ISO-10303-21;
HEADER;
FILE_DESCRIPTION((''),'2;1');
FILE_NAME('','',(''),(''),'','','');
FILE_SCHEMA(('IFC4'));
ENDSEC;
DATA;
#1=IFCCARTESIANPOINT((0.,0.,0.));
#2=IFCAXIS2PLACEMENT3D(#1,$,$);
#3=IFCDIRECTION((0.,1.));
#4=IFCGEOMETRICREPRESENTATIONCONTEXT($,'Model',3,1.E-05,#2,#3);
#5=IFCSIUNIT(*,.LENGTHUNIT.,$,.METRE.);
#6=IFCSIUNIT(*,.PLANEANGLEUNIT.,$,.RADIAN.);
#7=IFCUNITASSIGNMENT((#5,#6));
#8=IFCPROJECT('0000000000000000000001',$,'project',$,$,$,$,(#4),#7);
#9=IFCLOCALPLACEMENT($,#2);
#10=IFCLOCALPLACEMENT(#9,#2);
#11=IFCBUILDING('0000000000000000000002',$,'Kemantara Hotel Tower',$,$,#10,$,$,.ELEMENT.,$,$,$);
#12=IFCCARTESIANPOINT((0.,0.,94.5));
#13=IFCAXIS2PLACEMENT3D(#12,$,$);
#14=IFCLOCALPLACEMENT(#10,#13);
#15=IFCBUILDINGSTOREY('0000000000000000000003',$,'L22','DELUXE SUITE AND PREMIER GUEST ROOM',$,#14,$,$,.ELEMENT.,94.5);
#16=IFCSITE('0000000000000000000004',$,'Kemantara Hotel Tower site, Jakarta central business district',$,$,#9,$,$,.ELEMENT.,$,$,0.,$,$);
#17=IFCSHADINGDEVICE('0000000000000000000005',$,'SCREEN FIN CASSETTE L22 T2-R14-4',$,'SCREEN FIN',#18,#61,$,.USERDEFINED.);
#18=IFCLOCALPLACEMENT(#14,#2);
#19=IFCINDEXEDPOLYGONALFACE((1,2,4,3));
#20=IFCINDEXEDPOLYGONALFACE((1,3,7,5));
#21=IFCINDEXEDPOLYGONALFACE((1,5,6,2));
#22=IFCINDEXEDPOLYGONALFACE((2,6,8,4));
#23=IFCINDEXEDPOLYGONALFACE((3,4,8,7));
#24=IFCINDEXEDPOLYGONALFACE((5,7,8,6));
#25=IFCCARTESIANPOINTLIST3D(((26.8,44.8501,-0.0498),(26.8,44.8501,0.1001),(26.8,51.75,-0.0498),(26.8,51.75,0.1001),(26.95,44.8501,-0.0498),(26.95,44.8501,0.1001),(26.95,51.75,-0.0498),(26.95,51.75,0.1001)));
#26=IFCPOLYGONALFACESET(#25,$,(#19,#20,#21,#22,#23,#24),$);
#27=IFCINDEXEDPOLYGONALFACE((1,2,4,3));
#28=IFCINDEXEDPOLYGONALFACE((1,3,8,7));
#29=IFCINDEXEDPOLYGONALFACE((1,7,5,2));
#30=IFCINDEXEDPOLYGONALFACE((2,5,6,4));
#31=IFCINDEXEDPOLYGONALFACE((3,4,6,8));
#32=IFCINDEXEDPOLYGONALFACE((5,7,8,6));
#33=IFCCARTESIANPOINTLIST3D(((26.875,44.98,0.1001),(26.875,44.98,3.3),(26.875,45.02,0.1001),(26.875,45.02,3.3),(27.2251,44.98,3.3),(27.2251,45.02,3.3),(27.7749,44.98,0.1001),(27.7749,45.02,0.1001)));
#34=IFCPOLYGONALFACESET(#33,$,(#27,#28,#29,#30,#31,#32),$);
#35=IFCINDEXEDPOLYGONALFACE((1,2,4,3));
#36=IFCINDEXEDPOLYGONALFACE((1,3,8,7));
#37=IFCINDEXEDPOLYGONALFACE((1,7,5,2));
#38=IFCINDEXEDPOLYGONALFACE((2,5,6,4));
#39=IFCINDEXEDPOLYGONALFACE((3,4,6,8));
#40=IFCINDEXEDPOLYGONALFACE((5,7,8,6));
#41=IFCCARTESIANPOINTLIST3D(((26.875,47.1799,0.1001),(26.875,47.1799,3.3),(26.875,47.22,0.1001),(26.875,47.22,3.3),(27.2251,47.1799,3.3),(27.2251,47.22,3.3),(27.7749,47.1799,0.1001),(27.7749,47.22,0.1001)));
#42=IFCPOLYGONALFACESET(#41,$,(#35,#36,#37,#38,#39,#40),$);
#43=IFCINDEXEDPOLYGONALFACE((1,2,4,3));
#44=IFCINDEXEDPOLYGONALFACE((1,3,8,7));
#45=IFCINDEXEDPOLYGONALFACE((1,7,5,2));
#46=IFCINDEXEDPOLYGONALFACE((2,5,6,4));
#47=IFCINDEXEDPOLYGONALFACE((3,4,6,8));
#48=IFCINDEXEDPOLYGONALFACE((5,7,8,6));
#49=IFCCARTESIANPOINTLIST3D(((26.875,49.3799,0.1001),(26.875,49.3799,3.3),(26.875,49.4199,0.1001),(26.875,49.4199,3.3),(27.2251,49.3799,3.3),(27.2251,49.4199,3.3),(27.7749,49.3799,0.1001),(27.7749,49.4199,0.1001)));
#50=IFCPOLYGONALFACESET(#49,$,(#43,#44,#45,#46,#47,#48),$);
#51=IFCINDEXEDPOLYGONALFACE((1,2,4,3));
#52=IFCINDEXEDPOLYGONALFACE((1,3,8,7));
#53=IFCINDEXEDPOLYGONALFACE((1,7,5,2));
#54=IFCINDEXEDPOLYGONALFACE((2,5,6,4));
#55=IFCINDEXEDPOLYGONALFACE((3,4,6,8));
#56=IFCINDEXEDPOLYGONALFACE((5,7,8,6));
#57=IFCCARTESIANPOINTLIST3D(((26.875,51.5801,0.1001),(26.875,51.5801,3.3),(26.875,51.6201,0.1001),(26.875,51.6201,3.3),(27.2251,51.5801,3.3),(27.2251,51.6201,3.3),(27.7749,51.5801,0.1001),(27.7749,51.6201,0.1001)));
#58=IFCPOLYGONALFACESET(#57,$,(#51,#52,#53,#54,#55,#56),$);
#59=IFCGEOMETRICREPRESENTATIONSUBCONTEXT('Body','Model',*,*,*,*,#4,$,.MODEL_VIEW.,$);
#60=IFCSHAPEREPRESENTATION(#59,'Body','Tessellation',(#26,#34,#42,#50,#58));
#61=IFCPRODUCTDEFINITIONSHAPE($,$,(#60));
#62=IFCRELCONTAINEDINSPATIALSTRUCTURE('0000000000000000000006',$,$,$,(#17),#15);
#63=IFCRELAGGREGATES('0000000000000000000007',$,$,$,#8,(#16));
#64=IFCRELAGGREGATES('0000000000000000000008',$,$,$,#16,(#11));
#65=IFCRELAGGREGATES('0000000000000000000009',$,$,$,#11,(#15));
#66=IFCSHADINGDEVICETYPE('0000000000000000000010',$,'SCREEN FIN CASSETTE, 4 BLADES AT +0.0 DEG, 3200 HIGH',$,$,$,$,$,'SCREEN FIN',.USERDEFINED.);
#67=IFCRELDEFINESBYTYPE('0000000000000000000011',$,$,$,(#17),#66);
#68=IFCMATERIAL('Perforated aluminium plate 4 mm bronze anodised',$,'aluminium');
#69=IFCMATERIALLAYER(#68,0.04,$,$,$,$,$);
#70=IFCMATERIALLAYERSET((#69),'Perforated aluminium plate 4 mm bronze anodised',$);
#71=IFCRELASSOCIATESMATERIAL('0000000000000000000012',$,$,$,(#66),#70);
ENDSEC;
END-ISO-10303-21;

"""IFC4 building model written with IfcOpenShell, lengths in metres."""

from ifc_helpers import new_model, si_unit, direction, frame, origin, origin_2d, place, context, subcontext, project, spatial, polyline, rectangle, outline, extrude, source, transform, mapped, material, layer, layer_set, type_object, element, save


model = new_model("IFC4")

# Units and contexts
model_context = context("Model", 3, precision=1e-05, world=origin(), true_north=direction((0.0, 1.0)))
body_context = subcontext(model_context, "Body", "Model", "MODEL_VIEW")
ifc_project = project(units=[si_unit("LENGTHUNIT", "METRE"), si_unit("PLANEANGLEUNIT", "RADIAN")], contexts=[model_context])

# Site, building, storey
site_placement = place(None, origin())
site = spatial("IfcSite", under=ifc_project, at=site_placement, Name="Kemantara Hotel Tower site, Jakarta central business district", CompositionType="ELEMENT", RefElevation=0.0)
building_placement = place(site_placement, origin())
building = spatial("IfcBuilding", under=site, at=building_placement, Name="Kemantara Hotel Tower", CompositionType="ELEMENT")
storey_placement = place(building_placement, frame((0.0, 0.0, 94.5)))
storey = spatial("IfcBuildingStorey", under=building, at=storey_placement, Name="L22", Description="DELUXE SUITE AND PREMIER GUEST ROOM", CompositionType="ELEMENT", Elevation=94.5)

# Shading device
ifc_material_1 = material(Name="Perforated aluminium plate 4 mm bronze anodised", Category="aluminium")
ifc_layer_1 = layer(ifc_material_1, 0.04)
ifc_layer_set_1 = layer_set([ifc_layer_1], Name="Perforated aluminium plate 4 mm bronze anodised")
shading_device_type_1 = type_object("IfcShadingDeviceType", Name="SCREEN FIN CASSETTE, 4 BLADES AT +0.0 DEG, 3200 HIGH", ElementType="SCREEN FIN", PredefinedType="USERDEFINED", material=ifc_layer_set_1)
shared_shape_1 = source(origin(), body_context, "Body", "SweptSolid", [
    extrude(rectangle(XDim=6.8999, YDim=0.1499, at=origin_2d()), frame((3.3, -0.075, -0.1499), z_axis=(0.0, 0.0, 1.0), x_axis=(1.0, 0.0, 0.0)), (0.0, 0.0, 1.0), 0.1499),
    extrude(outline(polyline([(0.0, 0.0), (0.8999, 0.0), (0.3501, 3.2), (0.0, 3.2), (0.0, 0.0)])), frame((0.02, -0.075, 0.0), z_axis=(-1.0, 0.0, 0.0), x_axis=(0.0, -1.0, 0.0)), (0.0, 0.0, 1.0), 0.04),
    extrude(outline(polyline([(0.0, 0.0), (0.8999, 0.0), (0.3501, 3.2), (0.0, 3.2), (0.0, 0.0)])), frame((2.22, -0.075, 0.0), z_axis=(-1.0, 0.0, 0.0), x_axis=(0.0, -1.0, 0.0)), (0.0, 0.0, 1.0), 0.04),
    extrude(outline(polyline([(0.0, 0.0), (0.8999, 0.0), (0.3501, 3.2), (0.0, 3.2), (0.0, 0.0)])), frame((4.4199, -0.075, 0.0), z_axis=(-1.0, 0.0, 0.0), x_axis=(0.0, -1.0, 0.0)), (0.0, 0.0, 1.0), 0.04),
    extrude(outline(polyline([(0.0, 0.0), (0.8999, 0.0), (0.3501, 3.2), (0.0, 3.2), (0.0, 0.0)])), frame((6.6201, -0.075, 0.0), z_axis=(-1.0, 0.0, 0.0), x_axis=(0.0, -1.0, 0.0)), (0.0, 0.0, 1.0), 0.04),
])
shading_device_1_placement = place(storey_placement, frame((26.8, 45.0, 0.1001), z_axis=(0.0, 0.0, 1.0), x_axis=(0.0, 1.0, 0.0)))
element("IfcShadingDevice", 1, at=shading_device_1_placement, inside=storey, type_object=shading_device_type_1, Name="SCREEN FIN CASSETTE L22 T2-R14-4", ObjectType="SCREEN FIN", PredefinedType="USERDEFINED", context=body_context, shape_type="MappedRepresentation", body=[
    mapped(shared_shape_1, transform((0.0, 0.0, 0.0))),
])

save(model, "model.ifc")
